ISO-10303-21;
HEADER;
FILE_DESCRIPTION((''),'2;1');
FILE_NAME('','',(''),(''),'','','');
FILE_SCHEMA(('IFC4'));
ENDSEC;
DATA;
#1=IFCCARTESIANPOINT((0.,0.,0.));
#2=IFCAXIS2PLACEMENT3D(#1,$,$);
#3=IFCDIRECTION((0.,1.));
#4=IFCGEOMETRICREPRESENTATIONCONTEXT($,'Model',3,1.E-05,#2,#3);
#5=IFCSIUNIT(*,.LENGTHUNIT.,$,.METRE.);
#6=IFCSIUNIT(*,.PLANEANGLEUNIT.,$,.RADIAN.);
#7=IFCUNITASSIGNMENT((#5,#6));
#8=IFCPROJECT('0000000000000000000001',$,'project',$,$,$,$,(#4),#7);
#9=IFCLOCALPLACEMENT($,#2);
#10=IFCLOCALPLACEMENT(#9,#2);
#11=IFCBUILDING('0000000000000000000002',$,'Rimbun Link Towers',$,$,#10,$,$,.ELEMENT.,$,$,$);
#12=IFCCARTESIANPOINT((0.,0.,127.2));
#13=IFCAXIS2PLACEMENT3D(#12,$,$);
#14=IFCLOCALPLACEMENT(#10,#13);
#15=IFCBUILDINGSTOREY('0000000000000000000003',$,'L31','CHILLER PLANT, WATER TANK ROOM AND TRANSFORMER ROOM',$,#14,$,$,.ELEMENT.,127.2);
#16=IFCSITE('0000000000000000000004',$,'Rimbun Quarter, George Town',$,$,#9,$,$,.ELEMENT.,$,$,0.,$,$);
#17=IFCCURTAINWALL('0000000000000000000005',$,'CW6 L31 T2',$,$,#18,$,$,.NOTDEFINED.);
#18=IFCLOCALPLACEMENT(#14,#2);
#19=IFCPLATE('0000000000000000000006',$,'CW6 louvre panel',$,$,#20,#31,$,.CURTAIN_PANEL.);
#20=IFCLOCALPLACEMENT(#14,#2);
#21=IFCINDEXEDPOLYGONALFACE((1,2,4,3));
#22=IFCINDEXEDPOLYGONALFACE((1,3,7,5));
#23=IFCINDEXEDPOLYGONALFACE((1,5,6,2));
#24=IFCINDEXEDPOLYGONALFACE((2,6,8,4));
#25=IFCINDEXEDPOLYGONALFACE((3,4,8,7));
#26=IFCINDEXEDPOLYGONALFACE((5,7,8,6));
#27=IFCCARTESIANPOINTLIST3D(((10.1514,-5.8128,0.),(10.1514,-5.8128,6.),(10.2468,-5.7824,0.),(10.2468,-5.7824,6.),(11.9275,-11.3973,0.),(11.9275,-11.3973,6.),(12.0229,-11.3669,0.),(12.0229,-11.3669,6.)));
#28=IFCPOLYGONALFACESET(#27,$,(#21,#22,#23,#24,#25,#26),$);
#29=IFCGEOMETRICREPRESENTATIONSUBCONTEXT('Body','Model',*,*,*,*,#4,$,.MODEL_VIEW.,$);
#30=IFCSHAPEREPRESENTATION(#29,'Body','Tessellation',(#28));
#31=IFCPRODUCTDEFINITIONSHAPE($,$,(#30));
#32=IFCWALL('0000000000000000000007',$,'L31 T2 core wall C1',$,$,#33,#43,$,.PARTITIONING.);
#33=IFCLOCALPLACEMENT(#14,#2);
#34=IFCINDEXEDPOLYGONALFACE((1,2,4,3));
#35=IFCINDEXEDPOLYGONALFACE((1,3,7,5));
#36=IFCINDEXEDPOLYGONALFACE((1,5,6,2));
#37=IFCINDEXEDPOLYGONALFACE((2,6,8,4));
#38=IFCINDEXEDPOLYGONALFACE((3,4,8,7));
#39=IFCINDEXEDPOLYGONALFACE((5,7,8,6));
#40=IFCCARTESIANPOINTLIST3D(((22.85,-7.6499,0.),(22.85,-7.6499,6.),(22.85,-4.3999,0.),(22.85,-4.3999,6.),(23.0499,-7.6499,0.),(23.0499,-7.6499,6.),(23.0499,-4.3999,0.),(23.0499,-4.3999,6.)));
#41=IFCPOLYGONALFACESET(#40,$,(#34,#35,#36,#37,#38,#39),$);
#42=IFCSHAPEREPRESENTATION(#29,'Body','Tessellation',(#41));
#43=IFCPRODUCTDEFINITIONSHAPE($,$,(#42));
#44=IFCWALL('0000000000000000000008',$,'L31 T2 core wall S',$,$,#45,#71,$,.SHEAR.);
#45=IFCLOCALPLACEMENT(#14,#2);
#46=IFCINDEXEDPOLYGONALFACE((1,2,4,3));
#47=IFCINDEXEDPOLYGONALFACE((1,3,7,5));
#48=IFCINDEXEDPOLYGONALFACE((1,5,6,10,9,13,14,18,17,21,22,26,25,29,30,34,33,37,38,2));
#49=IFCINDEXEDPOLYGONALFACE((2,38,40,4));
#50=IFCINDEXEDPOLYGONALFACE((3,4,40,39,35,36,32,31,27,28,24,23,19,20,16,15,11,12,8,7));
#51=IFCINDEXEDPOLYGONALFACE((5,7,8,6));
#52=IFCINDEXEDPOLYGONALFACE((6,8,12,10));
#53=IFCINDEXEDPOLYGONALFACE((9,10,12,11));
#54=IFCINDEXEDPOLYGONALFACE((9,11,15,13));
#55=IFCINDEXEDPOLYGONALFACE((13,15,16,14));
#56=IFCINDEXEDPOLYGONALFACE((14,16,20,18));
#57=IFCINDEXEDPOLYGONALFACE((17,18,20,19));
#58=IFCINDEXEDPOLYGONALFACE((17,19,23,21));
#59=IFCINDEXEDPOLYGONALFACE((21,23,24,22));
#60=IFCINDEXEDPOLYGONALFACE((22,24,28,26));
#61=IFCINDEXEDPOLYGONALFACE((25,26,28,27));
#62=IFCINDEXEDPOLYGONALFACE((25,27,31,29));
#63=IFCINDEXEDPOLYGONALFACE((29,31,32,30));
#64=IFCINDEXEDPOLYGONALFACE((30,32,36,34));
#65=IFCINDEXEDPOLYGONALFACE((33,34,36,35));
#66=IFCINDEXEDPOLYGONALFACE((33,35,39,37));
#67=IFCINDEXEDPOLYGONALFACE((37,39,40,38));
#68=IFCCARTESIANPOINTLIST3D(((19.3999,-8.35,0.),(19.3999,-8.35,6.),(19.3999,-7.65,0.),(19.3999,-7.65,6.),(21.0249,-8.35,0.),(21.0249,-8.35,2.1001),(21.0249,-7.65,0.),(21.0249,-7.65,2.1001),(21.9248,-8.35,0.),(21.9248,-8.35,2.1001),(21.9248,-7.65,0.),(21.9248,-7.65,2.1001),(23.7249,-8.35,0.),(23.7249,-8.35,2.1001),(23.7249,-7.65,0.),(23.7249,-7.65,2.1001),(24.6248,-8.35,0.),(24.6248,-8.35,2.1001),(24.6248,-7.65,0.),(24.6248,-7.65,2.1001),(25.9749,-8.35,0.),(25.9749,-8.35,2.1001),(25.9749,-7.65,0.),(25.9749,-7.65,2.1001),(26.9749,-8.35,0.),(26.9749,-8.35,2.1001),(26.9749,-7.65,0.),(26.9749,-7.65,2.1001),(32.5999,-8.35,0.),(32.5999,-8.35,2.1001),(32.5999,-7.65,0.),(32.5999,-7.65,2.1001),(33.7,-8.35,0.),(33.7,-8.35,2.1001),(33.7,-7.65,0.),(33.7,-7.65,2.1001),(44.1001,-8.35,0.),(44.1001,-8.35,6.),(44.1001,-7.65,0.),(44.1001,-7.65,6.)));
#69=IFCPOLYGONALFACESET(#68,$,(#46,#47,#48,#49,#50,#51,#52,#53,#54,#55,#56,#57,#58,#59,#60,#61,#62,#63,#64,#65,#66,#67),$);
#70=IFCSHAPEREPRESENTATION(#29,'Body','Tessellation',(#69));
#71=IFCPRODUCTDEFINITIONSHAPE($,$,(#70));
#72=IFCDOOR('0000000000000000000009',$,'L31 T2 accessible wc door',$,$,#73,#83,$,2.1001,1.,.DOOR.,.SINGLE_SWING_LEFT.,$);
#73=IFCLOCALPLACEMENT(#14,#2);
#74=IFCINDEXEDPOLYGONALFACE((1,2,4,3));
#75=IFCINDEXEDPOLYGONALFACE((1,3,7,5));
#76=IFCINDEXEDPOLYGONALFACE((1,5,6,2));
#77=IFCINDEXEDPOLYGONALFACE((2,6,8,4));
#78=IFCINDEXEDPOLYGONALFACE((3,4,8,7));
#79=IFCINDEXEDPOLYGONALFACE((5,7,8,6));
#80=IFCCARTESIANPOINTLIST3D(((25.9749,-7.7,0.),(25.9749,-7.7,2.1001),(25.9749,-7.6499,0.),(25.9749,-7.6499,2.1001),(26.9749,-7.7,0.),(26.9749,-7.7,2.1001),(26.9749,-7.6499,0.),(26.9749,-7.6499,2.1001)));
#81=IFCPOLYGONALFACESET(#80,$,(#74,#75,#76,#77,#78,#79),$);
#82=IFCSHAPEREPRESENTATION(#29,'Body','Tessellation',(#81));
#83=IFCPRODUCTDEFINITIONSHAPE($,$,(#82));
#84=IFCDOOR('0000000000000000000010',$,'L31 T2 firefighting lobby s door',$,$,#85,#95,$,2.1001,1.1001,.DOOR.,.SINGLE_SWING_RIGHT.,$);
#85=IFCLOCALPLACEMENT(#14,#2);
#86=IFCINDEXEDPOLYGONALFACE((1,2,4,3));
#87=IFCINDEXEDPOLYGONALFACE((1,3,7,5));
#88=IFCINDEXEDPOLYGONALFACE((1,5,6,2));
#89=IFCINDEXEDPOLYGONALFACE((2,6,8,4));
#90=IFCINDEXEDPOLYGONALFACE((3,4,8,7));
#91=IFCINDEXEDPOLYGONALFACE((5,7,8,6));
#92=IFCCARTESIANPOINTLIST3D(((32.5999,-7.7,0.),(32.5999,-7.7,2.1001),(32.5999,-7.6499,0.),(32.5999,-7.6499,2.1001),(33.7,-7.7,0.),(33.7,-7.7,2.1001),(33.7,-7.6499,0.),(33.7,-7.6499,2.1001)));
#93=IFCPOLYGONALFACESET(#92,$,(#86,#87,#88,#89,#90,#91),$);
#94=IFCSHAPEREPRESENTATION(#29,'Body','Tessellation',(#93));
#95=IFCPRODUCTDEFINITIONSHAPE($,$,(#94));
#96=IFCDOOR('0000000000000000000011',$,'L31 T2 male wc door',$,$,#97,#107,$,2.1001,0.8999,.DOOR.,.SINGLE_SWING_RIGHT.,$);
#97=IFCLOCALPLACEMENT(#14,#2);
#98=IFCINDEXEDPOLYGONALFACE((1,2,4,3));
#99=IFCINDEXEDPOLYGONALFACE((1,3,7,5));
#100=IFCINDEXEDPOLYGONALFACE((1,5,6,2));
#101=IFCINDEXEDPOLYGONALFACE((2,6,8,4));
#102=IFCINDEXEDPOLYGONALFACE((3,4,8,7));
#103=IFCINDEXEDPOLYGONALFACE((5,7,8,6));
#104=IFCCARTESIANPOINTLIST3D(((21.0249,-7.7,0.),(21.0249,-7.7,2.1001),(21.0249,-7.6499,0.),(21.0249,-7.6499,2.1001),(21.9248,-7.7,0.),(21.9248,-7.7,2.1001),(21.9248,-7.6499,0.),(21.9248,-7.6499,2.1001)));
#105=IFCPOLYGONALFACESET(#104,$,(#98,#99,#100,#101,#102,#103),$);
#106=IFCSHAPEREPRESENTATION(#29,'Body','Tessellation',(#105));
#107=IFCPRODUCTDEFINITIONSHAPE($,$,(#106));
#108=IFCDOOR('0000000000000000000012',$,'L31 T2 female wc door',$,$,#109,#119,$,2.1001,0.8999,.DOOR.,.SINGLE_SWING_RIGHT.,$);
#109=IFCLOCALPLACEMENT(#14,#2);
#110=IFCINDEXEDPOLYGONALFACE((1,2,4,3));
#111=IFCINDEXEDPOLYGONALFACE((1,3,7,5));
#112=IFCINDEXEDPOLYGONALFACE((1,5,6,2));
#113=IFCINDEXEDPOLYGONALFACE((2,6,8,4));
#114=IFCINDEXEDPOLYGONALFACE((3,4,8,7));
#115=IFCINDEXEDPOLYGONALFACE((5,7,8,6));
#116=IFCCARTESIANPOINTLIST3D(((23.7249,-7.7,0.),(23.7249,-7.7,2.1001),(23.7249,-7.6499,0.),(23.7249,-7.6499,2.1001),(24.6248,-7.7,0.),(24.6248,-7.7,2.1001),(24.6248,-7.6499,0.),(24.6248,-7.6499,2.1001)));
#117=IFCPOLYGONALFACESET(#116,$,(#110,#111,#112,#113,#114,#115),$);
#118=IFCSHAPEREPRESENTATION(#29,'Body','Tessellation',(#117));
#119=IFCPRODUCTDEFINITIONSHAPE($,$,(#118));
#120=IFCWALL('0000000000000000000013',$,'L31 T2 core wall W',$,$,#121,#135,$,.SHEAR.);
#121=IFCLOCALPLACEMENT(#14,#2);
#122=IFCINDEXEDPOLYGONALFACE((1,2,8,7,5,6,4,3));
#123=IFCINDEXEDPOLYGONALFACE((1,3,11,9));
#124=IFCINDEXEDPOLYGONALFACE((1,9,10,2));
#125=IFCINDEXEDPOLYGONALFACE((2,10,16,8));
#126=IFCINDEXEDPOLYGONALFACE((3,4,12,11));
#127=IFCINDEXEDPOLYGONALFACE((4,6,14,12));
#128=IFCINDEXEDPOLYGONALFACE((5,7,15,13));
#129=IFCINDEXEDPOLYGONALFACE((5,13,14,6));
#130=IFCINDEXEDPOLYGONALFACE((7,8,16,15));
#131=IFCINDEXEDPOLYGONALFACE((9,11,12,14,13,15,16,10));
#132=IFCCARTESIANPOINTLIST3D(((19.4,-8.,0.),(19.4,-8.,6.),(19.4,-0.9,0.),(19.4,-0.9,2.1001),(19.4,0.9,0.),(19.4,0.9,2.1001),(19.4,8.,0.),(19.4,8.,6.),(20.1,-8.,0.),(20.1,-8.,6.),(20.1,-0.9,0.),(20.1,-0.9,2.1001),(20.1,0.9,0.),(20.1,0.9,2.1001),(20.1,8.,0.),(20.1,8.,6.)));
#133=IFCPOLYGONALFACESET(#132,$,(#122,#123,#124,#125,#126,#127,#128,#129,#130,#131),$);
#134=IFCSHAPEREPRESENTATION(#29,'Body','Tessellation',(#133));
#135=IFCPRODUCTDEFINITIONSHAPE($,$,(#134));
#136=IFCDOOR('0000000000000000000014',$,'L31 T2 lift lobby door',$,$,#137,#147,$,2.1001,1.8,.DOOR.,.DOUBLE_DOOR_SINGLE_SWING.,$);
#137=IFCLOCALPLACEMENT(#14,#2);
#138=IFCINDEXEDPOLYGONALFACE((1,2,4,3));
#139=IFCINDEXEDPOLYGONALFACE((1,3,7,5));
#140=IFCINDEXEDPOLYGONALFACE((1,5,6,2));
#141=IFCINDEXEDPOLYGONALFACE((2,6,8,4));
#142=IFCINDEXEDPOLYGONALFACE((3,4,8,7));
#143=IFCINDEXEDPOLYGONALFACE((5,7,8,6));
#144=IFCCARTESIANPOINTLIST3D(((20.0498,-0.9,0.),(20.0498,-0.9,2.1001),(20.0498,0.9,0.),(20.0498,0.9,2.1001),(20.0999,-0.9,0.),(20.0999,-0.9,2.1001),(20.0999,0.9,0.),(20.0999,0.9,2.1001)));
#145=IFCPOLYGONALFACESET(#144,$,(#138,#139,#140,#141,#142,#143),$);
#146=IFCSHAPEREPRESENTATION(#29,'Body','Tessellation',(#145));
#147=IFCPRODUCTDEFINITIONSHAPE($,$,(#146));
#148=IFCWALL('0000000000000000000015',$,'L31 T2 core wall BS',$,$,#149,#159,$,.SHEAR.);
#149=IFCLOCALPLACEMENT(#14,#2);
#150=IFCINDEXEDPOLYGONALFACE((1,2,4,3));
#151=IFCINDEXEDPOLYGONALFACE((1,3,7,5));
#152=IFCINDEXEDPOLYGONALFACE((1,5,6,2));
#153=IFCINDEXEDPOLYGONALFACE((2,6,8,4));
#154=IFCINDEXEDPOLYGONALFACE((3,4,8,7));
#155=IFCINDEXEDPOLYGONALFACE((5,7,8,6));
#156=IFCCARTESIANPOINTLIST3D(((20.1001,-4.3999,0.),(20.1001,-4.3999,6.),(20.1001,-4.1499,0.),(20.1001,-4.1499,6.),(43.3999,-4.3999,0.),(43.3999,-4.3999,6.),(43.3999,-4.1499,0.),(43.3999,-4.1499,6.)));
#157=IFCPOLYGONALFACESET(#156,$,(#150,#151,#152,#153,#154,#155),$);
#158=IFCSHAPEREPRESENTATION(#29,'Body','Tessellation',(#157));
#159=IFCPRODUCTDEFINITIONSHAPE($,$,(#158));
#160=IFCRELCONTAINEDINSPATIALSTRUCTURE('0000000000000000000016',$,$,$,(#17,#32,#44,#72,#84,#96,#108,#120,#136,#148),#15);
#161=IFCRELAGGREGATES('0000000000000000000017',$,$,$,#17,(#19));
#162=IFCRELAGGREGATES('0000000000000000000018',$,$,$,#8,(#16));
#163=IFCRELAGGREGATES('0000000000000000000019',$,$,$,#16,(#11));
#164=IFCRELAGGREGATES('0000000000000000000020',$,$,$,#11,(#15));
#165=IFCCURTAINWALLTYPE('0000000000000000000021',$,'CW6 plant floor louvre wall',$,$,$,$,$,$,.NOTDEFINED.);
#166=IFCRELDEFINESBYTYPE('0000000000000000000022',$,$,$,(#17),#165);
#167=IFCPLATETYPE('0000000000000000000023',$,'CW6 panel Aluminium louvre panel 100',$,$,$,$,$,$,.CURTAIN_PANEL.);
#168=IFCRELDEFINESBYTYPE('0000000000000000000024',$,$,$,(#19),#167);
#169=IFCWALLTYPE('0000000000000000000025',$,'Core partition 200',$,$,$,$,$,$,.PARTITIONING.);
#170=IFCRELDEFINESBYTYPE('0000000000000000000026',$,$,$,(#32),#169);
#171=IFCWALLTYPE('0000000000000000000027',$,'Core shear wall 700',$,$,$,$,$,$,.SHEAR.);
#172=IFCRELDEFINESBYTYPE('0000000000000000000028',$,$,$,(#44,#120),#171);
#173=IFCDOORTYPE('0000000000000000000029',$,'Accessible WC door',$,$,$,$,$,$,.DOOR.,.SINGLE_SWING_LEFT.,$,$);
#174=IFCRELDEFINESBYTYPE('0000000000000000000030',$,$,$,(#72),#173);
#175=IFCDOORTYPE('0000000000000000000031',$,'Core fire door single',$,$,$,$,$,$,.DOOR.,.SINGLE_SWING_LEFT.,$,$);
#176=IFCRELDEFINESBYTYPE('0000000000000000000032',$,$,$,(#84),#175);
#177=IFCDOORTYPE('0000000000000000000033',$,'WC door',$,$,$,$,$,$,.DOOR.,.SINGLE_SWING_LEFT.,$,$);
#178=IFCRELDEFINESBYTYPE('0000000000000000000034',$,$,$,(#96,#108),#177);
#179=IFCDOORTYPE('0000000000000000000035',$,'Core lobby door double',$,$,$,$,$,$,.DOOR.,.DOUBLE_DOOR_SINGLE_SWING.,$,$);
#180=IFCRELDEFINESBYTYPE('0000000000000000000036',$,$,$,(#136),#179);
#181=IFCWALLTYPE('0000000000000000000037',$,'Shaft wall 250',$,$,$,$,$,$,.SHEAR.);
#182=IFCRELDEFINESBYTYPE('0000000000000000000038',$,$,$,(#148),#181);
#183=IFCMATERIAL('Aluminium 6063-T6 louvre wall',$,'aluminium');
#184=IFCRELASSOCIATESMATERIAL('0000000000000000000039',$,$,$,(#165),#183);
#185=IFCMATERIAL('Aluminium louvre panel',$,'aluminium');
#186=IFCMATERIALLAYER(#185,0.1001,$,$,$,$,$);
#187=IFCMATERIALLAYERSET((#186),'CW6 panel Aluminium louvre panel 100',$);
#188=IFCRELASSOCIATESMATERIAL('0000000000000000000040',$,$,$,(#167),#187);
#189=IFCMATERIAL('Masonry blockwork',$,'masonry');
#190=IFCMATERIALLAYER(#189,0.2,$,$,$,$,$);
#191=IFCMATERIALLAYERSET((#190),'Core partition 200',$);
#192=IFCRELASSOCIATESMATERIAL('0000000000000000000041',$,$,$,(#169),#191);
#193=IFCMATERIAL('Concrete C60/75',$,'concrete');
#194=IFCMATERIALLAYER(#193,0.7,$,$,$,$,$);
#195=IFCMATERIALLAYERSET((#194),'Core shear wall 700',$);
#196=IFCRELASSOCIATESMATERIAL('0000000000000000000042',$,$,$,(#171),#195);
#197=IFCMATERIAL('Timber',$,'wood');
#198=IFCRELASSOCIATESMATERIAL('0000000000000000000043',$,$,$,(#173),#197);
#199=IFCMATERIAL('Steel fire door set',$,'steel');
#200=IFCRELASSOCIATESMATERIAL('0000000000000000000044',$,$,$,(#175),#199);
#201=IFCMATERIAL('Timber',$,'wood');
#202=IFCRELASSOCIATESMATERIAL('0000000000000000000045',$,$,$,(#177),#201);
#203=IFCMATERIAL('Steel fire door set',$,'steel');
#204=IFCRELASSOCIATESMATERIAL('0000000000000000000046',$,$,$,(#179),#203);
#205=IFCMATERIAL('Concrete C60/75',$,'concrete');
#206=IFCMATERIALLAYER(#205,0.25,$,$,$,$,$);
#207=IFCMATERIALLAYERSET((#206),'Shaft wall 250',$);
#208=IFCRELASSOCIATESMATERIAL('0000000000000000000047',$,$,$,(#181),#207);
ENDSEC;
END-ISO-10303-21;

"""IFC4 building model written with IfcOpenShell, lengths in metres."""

from ifc_helpers import new_model, si_unit, direction, frame, frame_2d, origin, origin_2d, place, context, subcontext, project, spatial, rectangle, extrude, material, layer, layer_set, type_object, element, fill, aggregate, save


model = new_model("IFC4")

# Units and contexts
model_context = context("Model", 3, precision=1e-05, world=origin(), true_north=direction((0.0, 1.0)))
body_context = subcontext(model_context, "Body", "Model", "MODEL_VIEW")
ifc_project = project(units=[si_unit("LENGTHUNIT", "METRE"), si_unit("PLANEANGLEUNIT", "RADIAN")], contexts=[model_context])

# Site, building, storey
site_placement = place(None, origin())
site = spatial("IfcSite", under=ifc_project, at=site_placement, Name="Rimbun Quarter, George Town", CompositionType="ELEMENT", RefElevation=0.0)
building_placement = place(site_placement, origin())
building = spatial("IfcBuilding", under=site, at=building_placement, Name="Rimbun Link Towers", CompositionType="ELEMENT")
storey_placement = place(building_placement, frame((0.0, 0.0, 127.2)))
storey = spatial("IfcBuildingStorey", under=building, at=storey_placement, Name="L31", Description="CHILLER PLANT, WATER TANK ROOM AND TRANSFORMER ROOM", CompositionType="ELEMENT", Elevation=127.2)

# Curtain wall, plate
ifc_material_1 = material(Name="Aluminium 6063-T6 louvre wall", Category="aluminium")
curtain_wall_type = type_object("IfcCurtainWallType", Name="CW6 plant floor louvre wall", PredefinedType="NOTDEFINED", material=ifc_material_1)
curtain_wall_placement = place(storey_placement, origin())
curtain_wall = element("IfcCurtainWall", 1, at=curtain_wall_placement, inside=storey, type_object=curtain_wall_type, Name="CW6 L31 T2", PredefinedType="NOTDEFINED")
ifc_material_2 = material(Name="Aluminium louvre panel", Category="aluminium")
ifc_layer_1 = layer(ifc_material_2, 0.1001)
ifc_layer_set_1 = layer_set([ifc_layer_1], Name="CW6 panel Aluminium louvre panel 100")
plate_type = type_object("IfcPlateType", Name="CW6 panel Aluminium louvre panel 100", PredefinedType="CURTAIN_PANEL", material=ifc_layer_set_1)
plate_placement = place(storey_placement, frame((11.0872, -8.5898, 0.0), z_axis=(0.0, 0.0, 1.0), x_axis=(-0.303079, 0.952965, 0.0)))
plate = element("IfcPlate", 2, at=plate_placement, type_object=plate_type, Name="CW6 louvre panel", PredefinedType="CURTAIN_PANEL", context=body_context, shape_type="SweptSolid", body=[
    extrude(rectangle(XDim=5.8601, YDim=0.1001, at=origin_2d()), origin(), (0.0, 0.0, 1.0), 6.0),
])
aggregate(curtain_wall, [plate])

# Wall
ifc_material_3 = material(Name="Masonry blockwork", Category="masonry")
ifc_layer_2 = layer(ifc_material_3, 0.2)
ifc_layer_set_2 = layer_set([ifc_layer_2], Name="Core partition 200")
wall_type_1 = type_object("IfcWallType", Name="Core partition 200", PredefinedType="PARTITIONING", material=ifc_layer_set_2)
wall_1_placement = place(storey_placement, frame((22.95, -4.3999, 0.0), z_axis=(0.0, 0.0, 1.0), x_axis=(0.0, -1.0, 0.0)))
element("IfcWall", 3, at=wall_1_placement, inside=storey, type_object=wall_type_1, Name="L31 T2 core wall C1", PredefinedType="PARTITIONING", context=body_context, shape_type="SweptSolid", body=[
    extrude(rectangle(XDim=3.25, YDim=0.2, at=frame_2d((1.625, 0.0))), origin(), (0.0, 0.0, 1.0), 6.0),
])

# Wall, openings, doors
ifc_material_4 = material(Name="Concrete C60/75", Category="concrete")
ifc_layer_3 = layer(ifc_material_4, 0.7)
ifc_layer_set_3 = layer_set([ifc_layer_3], Name="Core shear wall 700")
wall_type_2 = type_object("IfcWallType", Name="Core shear wall 700", PredefinedType="SHEAR", material=ifc_layer_set_3)
wall_2_placement = place(storey_placement, frame((19.3999, -8.0, 0.0), z_axis=(0.0, 0.0, 1.0), x_axis=(1.0, 0.0, 0.0)))
wall_2 = element("IfcWall", 4, at=wall_2_placement, inside=storey, type_object=wall_type_2, Name="L31 T2 core wall S", PredefinedType="SHEAR", context=body_context, shape_type="SweptSolid", body=[
    extrude(rectangle(XDim=24.7002, YDim=0.7, at=frame_2d((12.3501, 0.0))), origin(), (0.0, 0.0, 1.0), 6.0),
])
opening_1_placement = place(wall_2_placement, frame((13.2, 0.0, 0.0)))
opening_1 = element("IfcOpeningElement", 5, at=opening_1_placement, cuts=wall_2, PredefinedType="OPENING", context=body_context, shape_type="SweptSolid", body=[
    extrude(rectangle(XDim=1.1001, YDim=2.1001, at=frame_2d((0.55, 1.05))), frame((0.0, 0.3599, 0.0), z_axis=(0.0, -1.0, 0.0), x_axis=(1.0, 0.0, 0.0)), (0.0, 0.0, 1.0), 0.72),
])
opening_2_placement = place(wall_2_placement, frame((1.625, 0.0, 0.0)))
opening_2 = element("IfcOpeningElement", 6, at=opening_2_placement, cuts=wall_2, PredefinedType="OPENING", context=body_context, shape_type="SweptSolid", body=[
    extrude(rectangle(XDim=0.8999, YDim=2.1001, at=frame_2d((0.45, 1.05))), frame((0.0, 0.3599, 0.0), z_axis=(0.0, -1.0, 0.0), x_axis=(1.0, 0.0, 0.0)), (0.0, 0.0, 1.0), 0.72),
])
opening_3_placement = place(wall_2_placement, frame((4.325, 0.0, 0.0)))
opening_3 = element("IfcOpeningElement", 7, at=opening_3_placement, cuts=wall_2, PredefinedType="OPENING", context=body_context, shape_type="SweptSolid", body=[
    extrude(rectangle(XDim=0.8999, YDim=2.1001, at=frame_2d((0.45, 1.05))), frame((0.0, 0.3599, 0.0), z_axis=(0.0, -1.0, 0.0), x_axis=(1.0, 0.0, 0.0)), (0.0, 0.0, 1.0), 0.72),
])
opening_4_placement = place(wall_2_placement, frame((6.575, 0.0, 0.0)))
opening_4 = element("IfcOpeningElement", 8, at=opening_4_placement, cuts=wall_2, PredefinedType="OPENING", context=body_context, shape_type="SweptSolid", body=[
    extrude(rectangle(XDim=1.0, YDim=2.1001, at=frame_2d((0.5, 1.05))), frame((0.0, 0.3599, 0.0), z_axis=(0.0, -1.0, 0.0), x_axis=(1.0, 0.0, 0.0)), (0.0, 0.0, 1.0), 0.72),
])
ifc_material_5 = material(Name="Timber", Category="wood")
door_type_1 = type_object("IfcDoorType", Name="Accessible WC door", OperationType="SINGLE_SWING_LEFT", PredefinedType="DOOR", material=ifc_material_5)
door_1_placement = place(opening_4_placement, origin())
door_1 = element("IfcDoor", 9, at=door_1_placement, inside=storey, type_object=door_type_1, Name="L31 T2 accessible wc door", OperationType="SINGLE_SWING_LEFT", OverallHeight=2.1001, OverallWidth=1.0, PredefinedType="DOOR", context=body_context, shape_type="SweptSolid", body=[
    extrude(rectangle(XDim=1.0, YDim=2.1001, at=frame_2d((0.5, 1.05))), frame((0.0, 0.3501, 0.0), z_axis=(0.0, -1.0, 0.0), x_axis=(1.0, 0.0, 0.0)), (0.0, 0.0, 1.0), 0.05),
])
fill(opening_4, door_1)
ifc_material_6 = material(Name="Steel fire door set", Category="steel")
door_type_2 = type_object("IfcDoorType", Name="Core fire door single", OperationType="SINGLE_SWING_LEFT", PredefinedType="DOOR", material=ifc_material_6)
door_2_placement = place(opening_1_placement, origin())
door_2 = element("IfcDoor", 10, at=door_2_placement, inside=storey, type_object=door_type_2, Name="L31 T2 firefighting lobby s door", OperationType="SINGLE_SWING_RIGHT", OverallHeight=2.1001, OverallWidth=1.1001, PredefinedType="DOOR", context=body_context, shape_type="SweptSolid", body=[
    extrude(rectangle(XDim=1.1001, YDim=2.1001, at=frame_2d((0.55, 1.05))), frame((0.0, 0.3501, 0.0), z_axis=(0.0, -1.0, 0.0), x_axis=(1.0, 0.0, 0.0)), (0.0, 0.0, 1.0), 0.05),
])
fill(opening_1, door_2)
ifc_material_7 = material(Name="Timber", Category="wood")
door_type_3 = type_object("IfcDoorType", Name="WC door", OperationType="SINGLE_SWING_LEFT", PredefinedType="DOOR", material=ifc_material_7)
door_3_placement = place(opening_2_placement, origin())
door_3 = element("IfcDoor", 11, at=door_3_placement, inside=storey, type_object=door_type_3, Name="L31 T2 male wc door", OperationType="SINGLE_SWING_RIGHT", OverallHeight=2.1001, OverallWidth=0.8999, PredefinedType="DOOR", context=body_context, shape_type="SweptSolid", body=[
    extrude(rectangle(XDim=0.8999, YDim=2.1001, at=frame_2d((0.45, 1.05))), frame((0.0, 0.3501, 0.0), z_axis=(0.0, -1.0, 0.0), x_axis=(1.0, 0.0, 0.0)), (0.0, 0.0, 1.0), 0.05),
])
fill(opening_2, door_3)
door_4_placement = place(opening_3_placement, origin())
door_4 = element("IfcDoor", 12, at=door_4_placement, inside=storey, type_object=door_type_3, Name="L31 T2 female wc door", OperationType="SINGLE_SWING_RIGHT", OverallHeight=2.1001, OverallWidth=0.8999, PredefinedType="DOOR", context=body_context, shape_type="SweptSolid", body=[
    extrude(rectangle(XDim=0.8999, YDim=2.1001, at=frame_2d((0.45, 1.05))), frame((0.0, 0.3501, 0.0), z_axis=(0.0, -1.0, 0.0), x_axis=(1.0, 0.0, 0.0)), (0.0, 0.0, 1.0), 0.05),
])
fill(opening_3, door_4)

# Wall, opening, door
wall_3_placement = place(storey_placement, frame((19.75, -8.0, 0.0), z_axis=(0.0, 0.0, 1.0), x_axis=(0.0, 1.0, 0.0)))
wall_3 = element("IfcWall", 13, at=wall_3_placement, inside=storey, type_object=wall_type_2, Name="L31 T2 core wall W", PredefinedType="SHEAR", context=body_context, shape_type="SweptSolid", body=[
    extrude(rectangle(XDim=16.0, YDim=0.7, at=frame_2d((8.0, 0.0))), origin(), (0.0, 0.0, 1.0), 6.0),
])
opening_5_placement = place(wall_3_placement, frame((7.1001, 0.0, 0.0)))
opening_5 = element("IfcOpeningElement", 14, at=opening_5_placement, cuts=wall_3, PredefinedType="OPENING", context=body_context, shape_type="SweptSolid", body=[
    extrude(rectangle(XDim=1.8, YDim=2.1001, at=frame_2d((0.8999, 1.05))), frame((0.0, 0.3599, 0.0), z_axis=(0.0, -1.0, 0.0), x_axis=(1.0, 0.0, 0.0)), (0.0, 0.0, 1.0), 0.72),
])
ifc_material_8 = material(Name="Steel fire door set", Category="steel")
door_type_4 = type_object("IfcDoorType", Name="Core lobby door double", OperationType="DOUBLE_DOOR_SINGLE_SWING", PredefinedType="DOOR", material=ifc_material_8)
door_5_placement = place(opening_5_placement, origin())
door_5 = element("IfcDoor", 15, at=door_5_placement, inside=storey, type_object=door_type_4, Name="L31 T2 lift lobby door", OperationType="DOUBLE_DOOR_SINGLE_SWING", OverallHeight=2.1001, OverallWidth=1.8, PredefinedType="DOOR", context=body_context, shape_type="SweptSolid", body=[
    extrude(rectangle(XDim=1.8, YDim=2.1001, at=frame_2d((0.8999, 1.05))), frame((0.0, -0.2998, 0.0), z_axis=(0.0, -1.0, 0.0), x_axis=(1.0, 0.0, 0.0)), (0.0, 0.0, 1.0), 0.05),
])
fill(opening_5, door_5)

# Wall
ifc_material_9 = material(Name="Concrete C60/75", Category="concrete")
ifc_layer_4 = layer(ifc_material_9, 0.25)
ifc_layer_set_4 = layer_set([ifc_layer_4], Name="Shaft wall 250")
wall_type_3 = type_object("IfcWallType", Name="Shaft wall 250", PredefinedType="SHEAR", material=ifc_layer_set_4)
for number, where, z_axis, x_axis, name in (
    (16, (20.1001, -4.2749, 0.0), (0.0, 0.0, 1.0), (1.0, 0.0, 0.0), "L31 T2 core wall BS"),
):
    element("IfcWall", number, at=place(storey_placement, frame(where, z_axis=z_axis, x_axis=x_axis)), inside=storey, type_object=wall_type_3, Name=name, PredefinedType="SHEAR", context=body_context, shape_type="SweptSolid", body=[
        extrude(rectangle(XDim=23.2998, YDim=0.25, at=frame_2d((11.6499, 0.0))), origin(), (0.0, 0.0, 1.0), 6.0),
    ])

save(model, "model.ifc")
